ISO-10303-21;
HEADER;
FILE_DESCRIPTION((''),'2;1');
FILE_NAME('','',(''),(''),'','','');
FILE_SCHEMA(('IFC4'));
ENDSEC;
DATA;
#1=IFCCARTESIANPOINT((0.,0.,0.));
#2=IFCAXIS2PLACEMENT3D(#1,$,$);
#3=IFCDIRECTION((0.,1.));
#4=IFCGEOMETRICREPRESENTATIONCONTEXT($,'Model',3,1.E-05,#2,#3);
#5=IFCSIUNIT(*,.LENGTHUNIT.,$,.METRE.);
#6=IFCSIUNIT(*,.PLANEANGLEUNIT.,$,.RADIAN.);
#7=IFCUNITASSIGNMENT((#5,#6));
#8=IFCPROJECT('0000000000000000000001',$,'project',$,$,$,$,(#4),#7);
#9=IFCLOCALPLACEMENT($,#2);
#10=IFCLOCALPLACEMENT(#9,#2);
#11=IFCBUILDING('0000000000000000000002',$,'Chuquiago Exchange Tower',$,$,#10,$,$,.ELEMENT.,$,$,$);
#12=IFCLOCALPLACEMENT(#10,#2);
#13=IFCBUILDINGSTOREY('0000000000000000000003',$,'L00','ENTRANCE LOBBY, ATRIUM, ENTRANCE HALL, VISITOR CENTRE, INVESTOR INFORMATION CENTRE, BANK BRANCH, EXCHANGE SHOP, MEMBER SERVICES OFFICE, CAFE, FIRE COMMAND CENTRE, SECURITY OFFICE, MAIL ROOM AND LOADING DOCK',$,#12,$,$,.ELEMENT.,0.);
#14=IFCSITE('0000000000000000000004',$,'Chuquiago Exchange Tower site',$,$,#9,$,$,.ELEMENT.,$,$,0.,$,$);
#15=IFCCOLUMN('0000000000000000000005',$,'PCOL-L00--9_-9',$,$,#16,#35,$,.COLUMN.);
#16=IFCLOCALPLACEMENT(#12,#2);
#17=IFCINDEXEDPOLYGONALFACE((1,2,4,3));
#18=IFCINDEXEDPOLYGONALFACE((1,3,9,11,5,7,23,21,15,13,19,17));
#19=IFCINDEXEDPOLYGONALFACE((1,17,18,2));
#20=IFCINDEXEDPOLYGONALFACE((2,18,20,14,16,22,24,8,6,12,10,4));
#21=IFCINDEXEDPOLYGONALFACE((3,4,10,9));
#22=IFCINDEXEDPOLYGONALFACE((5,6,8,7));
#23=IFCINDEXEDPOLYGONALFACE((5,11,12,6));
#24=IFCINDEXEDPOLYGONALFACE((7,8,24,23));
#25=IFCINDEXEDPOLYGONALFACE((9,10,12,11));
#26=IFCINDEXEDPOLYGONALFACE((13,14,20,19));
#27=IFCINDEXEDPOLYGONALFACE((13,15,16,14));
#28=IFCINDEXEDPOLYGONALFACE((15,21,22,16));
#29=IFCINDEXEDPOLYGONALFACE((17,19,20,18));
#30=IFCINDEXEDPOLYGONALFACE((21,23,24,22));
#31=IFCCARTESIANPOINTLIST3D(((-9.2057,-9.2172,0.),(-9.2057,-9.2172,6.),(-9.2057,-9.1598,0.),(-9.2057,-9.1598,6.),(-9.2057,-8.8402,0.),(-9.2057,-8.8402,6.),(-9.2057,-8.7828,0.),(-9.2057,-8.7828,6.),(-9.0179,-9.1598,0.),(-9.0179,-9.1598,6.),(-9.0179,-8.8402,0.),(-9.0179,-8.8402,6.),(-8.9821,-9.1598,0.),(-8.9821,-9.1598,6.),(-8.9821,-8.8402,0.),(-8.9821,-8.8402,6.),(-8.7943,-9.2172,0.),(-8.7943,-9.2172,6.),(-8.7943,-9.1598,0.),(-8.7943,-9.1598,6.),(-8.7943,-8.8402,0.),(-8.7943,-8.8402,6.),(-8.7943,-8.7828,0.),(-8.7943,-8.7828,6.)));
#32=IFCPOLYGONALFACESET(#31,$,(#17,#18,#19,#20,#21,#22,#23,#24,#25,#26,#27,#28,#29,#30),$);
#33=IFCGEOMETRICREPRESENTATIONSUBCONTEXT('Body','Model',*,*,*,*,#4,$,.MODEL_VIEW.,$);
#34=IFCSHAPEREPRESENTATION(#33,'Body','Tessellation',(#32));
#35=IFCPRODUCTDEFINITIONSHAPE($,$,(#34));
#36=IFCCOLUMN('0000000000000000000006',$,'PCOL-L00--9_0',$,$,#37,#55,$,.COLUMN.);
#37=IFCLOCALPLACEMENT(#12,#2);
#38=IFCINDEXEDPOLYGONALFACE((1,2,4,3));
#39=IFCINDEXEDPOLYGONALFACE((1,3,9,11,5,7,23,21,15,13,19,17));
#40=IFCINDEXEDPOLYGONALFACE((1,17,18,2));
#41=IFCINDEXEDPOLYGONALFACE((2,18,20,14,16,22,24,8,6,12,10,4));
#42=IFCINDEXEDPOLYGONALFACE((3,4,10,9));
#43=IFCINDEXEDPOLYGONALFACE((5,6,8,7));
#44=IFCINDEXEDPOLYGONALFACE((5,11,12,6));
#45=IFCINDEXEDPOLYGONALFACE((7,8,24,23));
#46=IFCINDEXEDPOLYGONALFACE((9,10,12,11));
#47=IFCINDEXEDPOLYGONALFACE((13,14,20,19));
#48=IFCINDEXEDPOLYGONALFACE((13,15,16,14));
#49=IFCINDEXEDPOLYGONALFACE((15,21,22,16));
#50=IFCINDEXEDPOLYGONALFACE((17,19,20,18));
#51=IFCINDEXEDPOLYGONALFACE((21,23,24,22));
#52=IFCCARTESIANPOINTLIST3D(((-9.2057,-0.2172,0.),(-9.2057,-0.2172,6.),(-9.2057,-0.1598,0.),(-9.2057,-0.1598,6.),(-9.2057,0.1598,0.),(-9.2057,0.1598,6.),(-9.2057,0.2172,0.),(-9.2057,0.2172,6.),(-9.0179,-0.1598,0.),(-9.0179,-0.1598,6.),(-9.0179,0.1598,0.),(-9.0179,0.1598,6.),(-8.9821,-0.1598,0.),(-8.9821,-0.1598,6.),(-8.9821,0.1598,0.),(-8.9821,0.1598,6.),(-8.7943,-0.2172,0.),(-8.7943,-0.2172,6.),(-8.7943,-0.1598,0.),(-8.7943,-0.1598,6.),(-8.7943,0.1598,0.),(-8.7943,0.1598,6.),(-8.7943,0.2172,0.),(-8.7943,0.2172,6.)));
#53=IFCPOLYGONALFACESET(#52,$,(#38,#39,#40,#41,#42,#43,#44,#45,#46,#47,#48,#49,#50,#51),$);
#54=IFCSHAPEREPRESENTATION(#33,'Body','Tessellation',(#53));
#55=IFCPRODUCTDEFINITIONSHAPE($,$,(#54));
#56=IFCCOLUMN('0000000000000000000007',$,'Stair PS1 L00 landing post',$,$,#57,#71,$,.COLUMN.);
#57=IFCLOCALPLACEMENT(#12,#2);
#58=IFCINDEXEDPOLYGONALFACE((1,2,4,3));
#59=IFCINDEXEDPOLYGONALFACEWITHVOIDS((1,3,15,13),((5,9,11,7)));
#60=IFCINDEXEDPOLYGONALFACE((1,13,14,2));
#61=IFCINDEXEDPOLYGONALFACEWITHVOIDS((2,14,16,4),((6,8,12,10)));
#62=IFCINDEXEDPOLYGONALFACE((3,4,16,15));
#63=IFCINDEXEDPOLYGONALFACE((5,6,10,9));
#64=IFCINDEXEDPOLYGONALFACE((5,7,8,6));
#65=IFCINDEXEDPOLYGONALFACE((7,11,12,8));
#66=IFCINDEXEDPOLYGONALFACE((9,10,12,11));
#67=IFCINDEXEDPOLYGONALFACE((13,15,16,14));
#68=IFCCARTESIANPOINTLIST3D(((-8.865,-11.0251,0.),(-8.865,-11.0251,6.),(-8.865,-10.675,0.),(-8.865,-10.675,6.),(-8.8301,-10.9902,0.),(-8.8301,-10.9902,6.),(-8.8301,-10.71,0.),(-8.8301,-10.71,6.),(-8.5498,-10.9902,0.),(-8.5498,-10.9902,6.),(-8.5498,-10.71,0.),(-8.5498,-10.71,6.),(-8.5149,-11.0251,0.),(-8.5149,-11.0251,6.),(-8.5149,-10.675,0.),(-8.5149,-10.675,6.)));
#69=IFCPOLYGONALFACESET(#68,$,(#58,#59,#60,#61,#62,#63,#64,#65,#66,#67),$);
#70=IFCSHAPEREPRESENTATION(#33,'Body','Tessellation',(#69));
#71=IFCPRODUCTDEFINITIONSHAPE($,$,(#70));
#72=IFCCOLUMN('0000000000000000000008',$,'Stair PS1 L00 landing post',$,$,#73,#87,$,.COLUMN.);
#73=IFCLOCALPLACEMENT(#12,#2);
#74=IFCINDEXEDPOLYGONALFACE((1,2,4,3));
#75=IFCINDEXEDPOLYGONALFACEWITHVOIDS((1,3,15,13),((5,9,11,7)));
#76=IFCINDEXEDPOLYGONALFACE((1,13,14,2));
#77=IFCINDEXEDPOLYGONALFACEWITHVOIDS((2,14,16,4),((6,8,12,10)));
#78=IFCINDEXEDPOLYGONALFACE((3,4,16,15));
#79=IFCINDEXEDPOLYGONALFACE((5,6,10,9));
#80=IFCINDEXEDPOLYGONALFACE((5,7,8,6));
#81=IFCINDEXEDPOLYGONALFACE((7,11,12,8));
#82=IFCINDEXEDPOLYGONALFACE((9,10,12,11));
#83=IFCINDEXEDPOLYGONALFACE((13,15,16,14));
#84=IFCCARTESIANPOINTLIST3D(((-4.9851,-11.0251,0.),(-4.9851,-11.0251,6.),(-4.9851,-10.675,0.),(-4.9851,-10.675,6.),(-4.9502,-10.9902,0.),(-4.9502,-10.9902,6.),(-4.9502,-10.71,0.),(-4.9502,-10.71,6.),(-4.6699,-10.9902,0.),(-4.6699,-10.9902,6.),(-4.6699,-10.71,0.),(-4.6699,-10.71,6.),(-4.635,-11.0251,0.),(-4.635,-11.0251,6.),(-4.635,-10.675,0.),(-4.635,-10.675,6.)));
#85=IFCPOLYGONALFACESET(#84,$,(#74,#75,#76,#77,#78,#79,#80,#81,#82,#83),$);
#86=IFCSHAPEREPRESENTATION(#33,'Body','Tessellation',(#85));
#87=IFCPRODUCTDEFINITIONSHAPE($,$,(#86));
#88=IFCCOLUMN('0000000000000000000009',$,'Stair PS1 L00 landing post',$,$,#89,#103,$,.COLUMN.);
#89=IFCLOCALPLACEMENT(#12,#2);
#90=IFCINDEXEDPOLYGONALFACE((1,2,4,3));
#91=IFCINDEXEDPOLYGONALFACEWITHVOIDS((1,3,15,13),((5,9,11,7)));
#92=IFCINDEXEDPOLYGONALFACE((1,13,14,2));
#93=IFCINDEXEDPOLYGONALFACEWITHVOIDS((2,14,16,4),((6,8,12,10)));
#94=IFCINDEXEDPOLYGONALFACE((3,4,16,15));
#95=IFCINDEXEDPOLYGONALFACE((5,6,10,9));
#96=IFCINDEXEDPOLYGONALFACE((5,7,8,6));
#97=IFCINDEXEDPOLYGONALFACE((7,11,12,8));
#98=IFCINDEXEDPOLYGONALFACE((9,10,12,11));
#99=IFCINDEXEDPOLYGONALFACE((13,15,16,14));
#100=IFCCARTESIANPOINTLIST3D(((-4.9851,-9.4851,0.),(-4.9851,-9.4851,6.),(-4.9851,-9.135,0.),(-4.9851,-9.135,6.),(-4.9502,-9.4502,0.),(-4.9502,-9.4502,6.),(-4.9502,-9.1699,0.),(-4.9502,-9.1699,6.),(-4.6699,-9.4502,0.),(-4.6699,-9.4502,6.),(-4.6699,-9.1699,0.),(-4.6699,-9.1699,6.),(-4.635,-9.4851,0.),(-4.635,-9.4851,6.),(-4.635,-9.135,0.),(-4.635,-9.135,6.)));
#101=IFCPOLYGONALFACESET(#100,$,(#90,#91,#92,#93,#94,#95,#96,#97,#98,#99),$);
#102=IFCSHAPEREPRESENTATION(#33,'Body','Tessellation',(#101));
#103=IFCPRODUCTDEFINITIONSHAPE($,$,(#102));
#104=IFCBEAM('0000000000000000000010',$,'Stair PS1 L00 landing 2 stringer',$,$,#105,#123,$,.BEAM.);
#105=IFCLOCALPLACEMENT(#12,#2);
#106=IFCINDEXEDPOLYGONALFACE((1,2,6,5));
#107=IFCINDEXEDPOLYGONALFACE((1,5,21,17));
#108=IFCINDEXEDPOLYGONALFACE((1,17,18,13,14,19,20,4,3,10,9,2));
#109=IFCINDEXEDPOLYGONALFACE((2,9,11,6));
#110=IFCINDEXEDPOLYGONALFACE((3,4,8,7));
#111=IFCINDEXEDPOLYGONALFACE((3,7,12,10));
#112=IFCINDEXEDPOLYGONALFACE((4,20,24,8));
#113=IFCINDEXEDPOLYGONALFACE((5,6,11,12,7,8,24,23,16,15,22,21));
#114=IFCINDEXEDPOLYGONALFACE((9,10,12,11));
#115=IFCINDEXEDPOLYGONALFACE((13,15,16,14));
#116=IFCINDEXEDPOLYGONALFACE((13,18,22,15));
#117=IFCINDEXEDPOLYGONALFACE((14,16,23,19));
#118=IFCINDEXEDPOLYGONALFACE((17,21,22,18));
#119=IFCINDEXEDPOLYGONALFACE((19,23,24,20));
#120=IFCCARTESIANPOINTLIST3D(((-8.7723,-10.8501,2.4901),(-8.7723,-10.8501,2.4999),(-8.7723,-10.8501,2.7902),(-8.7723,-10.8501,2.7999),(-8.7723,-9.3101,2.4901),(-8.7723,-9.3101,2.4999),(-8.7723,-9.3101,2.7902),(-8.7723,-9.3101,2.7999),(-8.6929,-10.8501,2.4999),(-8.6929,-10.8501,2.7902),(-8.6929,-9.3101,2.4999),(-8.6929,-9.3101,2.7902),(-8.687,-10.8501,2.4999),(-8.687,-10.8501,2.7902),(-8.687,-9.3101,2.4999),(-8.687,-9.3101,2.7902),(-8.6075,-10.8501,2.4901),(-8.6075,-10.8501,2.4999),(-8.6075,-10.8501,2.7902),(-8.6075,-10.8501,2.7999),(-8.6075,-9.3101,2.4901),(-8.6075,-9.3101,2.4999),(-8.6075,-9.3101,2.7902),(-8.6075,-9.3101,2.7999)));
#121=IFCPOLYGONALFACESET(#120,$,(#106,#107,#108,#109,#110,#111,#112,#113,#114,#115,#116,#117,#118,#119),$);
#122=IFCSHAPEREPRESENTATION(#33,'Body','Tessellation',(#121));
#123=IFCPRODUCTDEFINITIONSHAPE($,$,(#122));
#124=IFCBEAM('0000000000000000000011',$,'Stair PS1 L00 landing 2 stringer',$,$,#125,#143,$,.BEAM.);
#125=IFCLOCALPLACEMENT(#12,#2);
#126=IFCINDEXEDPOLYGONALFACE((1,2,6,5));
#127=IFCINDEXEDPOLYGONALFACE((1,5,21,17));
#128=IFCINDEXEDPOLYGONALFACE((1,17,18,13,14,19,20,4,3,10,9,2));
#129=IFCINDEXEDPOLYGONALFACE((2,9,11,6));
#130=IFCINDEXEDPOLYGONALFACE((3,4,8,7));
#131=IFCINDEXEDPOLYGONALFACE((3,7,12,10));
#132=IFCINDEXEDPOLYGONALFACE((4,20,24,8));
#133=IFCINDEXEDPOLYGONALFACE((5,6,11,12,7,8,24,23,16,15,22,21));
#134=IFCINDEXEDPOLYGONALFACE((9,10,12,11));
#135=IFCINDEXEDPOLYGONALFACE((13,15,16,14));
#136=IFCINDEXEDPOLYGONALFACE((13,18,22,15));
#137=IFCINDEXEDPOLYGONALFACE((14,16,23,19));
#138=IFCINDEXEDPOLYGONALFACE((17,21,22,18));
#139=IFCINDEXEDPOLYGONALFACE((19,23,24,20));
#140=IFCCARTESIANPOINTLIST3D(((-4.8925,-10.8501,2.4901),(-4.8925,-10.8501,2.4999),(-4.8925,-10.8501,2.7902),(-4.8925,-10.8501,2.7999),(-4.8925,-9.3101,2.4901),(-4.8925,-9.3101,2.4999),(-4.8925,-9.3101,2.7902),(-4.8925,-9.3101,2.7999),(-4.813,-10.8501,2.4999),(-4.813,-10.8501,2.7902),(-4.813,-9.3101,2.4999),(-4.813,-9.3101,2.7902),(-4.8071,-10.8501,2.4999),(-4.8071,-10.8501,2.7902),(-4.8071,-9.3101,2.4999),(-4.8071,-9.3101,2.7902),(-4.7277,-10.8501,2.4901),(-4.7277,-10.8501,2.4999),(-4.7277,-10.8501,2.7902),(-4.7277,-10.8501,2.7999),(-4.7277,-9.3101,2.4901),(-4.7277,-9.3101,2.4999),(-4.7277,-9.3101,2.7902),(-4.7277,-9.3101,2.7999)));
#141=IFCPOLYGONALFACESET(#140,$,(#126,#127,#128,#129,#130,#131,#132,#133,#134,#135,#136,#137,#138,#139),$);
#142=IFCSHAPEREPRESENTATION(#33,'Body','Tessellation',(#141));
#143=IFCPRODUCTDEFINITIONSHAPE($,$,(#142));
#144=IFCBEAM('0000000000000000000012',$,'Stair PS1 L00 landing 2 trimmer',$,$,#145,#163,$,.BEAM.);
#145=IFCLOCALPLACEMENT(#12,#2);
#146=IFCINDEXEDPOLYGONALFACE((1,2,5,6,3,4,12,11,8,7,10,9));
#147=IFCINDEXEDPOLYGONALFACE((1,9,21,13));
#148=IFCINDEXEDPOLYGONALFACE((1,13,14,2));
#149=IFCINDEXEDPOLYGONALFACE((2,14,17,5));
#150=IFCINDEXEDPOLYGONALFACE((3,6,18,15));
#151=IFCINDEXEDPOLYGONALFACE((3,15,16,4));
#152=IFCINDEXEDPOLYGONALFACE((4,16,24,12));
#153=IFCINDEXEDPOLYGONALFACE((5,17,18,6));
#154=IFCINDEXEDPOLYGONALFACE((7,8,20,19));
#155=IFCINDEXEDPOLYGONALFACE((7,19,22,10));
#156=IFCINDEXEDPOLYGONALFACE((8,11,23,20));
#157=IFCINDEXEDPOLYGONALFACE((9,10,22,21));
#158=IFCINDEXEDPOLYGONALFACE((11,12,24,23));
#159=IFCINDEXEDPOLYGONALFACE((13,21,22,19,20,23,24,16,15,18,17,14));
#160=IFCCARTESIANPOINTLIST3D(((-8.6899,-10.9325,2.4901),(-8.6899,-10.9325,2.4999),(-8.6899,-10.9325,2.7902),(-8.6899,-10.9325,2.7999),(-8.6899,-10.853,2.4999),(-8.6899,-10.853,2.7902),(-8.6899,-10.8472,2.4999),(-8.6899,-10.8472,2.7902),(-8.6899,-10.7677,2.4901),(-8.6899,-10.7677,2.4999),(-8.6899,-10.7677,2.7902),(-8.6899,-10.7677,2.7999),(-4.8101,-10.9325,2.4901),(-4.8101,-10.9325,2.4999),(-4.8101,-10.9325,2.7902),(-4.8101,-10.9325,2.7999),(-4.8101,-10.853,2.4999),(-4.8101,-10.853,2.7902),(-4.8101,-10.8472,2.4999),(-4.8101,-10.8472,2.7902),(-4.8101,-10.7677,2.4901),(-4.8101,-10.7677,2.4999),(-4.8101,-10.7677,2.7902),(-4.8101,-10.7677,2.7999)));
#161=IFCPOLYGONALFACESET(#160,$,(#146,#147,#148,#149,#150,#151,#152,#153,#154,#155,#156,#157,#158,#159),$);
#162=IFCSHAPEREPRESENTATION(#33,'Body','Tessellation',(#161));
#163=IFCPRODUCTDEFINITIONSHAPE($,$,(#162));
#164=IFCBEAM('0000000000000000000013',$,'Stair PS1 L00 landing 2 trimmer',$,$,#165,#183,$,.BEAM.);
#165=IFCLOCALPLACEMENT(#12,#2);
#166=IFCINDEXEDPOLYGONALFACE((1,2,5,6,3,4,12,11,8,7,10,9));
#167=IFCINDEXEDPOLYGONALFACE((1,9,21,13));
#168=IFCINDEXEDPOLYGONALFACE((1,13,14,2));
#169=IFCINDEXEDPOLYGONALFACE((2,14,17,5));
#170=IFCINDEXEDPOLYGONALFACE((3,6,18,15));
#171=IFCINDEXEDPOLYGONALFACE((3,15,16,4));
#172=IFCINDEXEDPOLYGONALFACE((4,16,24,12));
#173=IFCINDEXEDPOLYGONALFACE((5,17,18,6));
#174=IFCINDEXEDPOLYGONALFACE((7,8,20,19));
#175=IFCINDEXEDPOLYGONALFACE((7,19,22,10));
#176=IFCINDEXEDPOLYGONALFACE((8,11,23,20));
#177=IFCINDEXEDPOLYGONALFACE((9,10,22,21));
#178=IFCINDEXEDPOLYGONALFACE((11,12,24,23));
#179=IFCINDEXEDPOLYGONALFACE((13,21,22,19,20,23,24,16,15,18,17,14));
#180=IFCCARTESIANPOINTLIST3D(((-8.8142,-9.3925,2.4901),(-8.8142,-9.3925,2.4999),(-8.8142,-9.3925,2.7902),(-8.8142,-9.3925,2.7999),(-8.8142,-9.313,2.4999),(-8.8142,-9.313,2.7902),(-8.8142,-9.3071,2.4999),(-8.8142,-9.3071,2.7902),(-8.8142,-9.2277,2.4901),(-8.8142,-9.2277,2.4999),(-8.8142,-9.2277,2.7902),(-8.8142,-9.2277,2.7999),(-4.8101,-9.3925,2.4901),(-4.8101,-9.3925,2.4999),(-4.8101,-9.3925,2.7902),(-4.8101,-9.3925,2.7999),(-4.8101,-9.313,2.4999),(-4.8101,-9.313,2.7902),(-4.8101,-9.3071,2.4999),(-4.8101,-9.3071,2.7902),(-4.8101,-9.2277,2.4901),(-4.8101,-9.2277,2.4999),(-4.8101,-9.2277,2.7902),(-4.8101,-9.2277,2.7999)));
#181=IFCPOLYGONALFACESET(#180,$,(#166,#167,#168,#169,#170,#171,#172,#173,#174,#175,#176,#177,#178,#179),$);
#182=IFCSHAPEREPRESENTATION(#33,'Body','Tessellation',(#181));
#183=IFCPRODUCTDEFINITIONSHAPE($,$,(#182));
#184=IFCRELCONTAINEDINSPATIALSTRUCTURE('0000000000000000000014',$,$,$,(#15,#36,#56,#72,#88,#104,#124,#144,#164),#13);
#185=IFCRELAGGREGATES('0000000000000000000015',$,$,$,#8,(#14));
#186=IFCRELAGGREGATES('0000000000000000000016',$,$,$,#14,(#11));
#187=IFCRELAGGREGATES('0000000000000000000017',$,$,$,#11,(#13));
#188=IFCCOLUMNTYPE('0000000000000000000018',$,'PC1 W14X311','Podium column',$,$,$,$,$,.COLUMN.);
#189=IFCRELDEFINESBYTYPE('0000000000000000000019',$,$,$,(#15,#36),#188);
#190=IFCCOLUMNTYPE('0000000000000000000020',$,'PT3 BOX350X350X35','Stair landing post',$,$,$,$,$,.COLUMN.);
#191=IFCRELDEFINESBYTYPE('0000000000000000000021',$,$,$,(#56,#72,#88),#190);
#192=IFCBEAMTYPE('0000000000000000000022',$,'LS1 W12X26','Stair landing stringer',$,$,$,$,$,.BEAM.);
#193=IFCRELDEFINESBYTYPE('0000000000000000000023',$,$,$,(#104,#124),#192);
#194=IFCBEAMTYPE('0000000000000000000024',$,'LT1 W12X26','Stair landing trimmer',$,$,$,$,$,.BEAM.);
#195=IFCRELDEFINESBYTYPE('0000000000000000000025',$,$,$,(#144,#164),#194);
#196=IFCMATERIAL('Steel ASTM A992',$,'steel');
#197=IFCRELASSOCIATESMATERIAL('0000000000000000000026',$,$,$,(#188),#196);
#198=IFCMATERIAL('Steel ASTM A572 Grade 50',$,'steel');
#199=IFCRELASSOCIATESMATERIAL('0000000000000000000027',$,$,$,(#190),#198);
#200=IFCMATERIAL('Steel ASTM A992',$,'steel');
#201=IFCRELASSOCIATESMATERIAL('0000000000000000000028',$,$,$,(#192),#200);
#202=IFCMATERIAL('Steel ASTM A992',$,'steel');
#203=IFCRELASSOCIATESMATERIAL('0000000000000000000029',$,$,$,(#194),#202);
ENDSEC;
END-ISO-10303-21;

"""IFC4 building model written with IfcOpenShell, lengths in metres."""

from ifc_helpers import new_model, si_unit, direction, frame, origin, origin_2d, place, context, subcontext, project, spatial, hollow_rectangle, i_section, extrude, material, material_profile, profile_set, type_object, element, save


model = new_model("IFC4")

# Units and contexts
model_context = context("Model", 3, precision=1e-05, world=origin(), true_north=direction((0.0, 1.0)))
body_context = subcontext(model_context, "Body", "Model", "MODEL_VIEW")
ifc_project = project(units=[si_unit("LENGTHUNIT", "METRE"), si_unit("PLANEANGLEUNIT", "RADIAN")], contexts=[model_context])

# Site, building, storey
site_placement = place(None, origin())
site = spatial("IfcSite", under=ifc_project, at=site_placement, Name="Chuquiago Exchange Tower site", CompositionType="ELEMENT", RefElevation=0.0)
building_placement = place(site_placement, origin())
building = spatial("IfcBuilding", under=site, at=building_placement, Name="Chuquiago Exchange Tower", CompositionType="ELEMENT")
storey_placement = place(building_placement, origin())
storey = spatial("IfcBuildingStorey", under=building, at=storey_placement, Name="L00", Description="ENTRANCE LOBBY, ATRIUM, ENTRANCE HALL, VISITOR CENTRE, INVESTOR INFORMATION CENTRE, BANK BRANCH, EXCHANGE SHOP, MEMBER SERVICES OFFICE, CAFE, FIRE COMMAND CENTRE, SECURITY OFFICE, MAIL ROOM AND LOADING DOCK", CompositionType="ELEMENT", Elevation=0.0)

# Columns
ifc_material_1 = material(Name="Steel ASTM A992", Category="steel")
ifc_material_profile_1 = material_profile(ifc_material_1, i_section(OverallWidth=0.4114, OverallDepth=0.4343, WebThickness=0.0359, FlangeThickness=0.0574, at=origin_2d()), Name="W14X311")
ifc_profile_set_1 = profile_set([ifc_material_profile_1], Name="Steel ASTM A992")
column_type_1 = type_object("IfcColumnType", Name="PC1 W14X311", Description="Podium column", PredefinedType="COLUMN", material=ifc_profile_set_1)
for number, where, z_axis, x_axis, name in (
    (1, (-9.0, -9.0, 0.0), (0.0, 0.0, 1.0), (1.0, 0.0, 0.0), "PCOL-L00--9_-9"),
    (2, (-9.0, 0.0, 0.0), (0.0, 0.0, 1.0), (1.0, 0.0, 0.0), "PCOL-L00--9_0"),
):
    element("IfcColumn", number, at=place(storey_placement, frame(where, z_axis=z_axis, x_axis=x_axis)), inside=storey, type_object=column_type_1, Name=name, PredefinedType="COLUMN", context=body_context, shape_type="SweptSolid", body=[
        extrude(i_section(OverallWidth=0.4114, OverallDepth=0.4343, WebThickness=0.0359, FlangeThickness=0.0574, at=origin_2d()), origin(), (0.0, 0.0, 1.0), 6.0),
    ])
ifc_material_2 = material(Name="Steel ASTM A572 Grade 50", Category="steel")
ifc_material_profile_2 = material_profile(ifc_material_2, hollow_rectangle(XDim=0.3501, YDim=0.3501, WallThickness=0.0349, at=origin_2d()), Name="BOX350X350X35")
ifc_profile_set_2 = profile_set([ifc_material_profile_2], Name="Steel ASTM A572 Grade 50")
column_type_2 = type_object("IfcColumnType", Name="PT3 BOX350X350X35", Description="Stair landing post", PredefinedType="COLUMN", material=ifc_profile_set_2)
for number, where, z_axis, x_axis, name in (
    (3, (-8.6899, -10.8501, 0.0), (0.0, 0.0, 1.0), (1.0, 0.0, 0.0), "Stair PS1 L00 landing post"),
    (4, (-4.8101, -10.8501, 0.0), (0.0, 0.0, 1.0), (1.0, 0.0, 0.0), "Stair PS1 L00 landing post"),
    (5, (-4.8101, -9.3101, 0.0), (0.0, 0.0, 1.0), (1.0, 0.0, 0.0), "Stair PS1 L00 landing post"),
):
    element("IfcColumn", number, at=place(storey_placement, frame(where, z_axis=z_axis, x_axis=x_axis)), inside=storey, type_object=column_type_2, Name=name, PredefinedType="COLUMN", context=body_context, shape_type="SweptSolid", body=[
        extrude(hollow_rectangle(XDim=0.3501, YDim=0.3501, WallThickness=0.0349, at=origin_2d()), origin(), (0.0, 0.0, 1.0), 6.0),
    ])

# Beams
ifc_material_3 = material(Name="Steel ASTM A992", Category="steel")
ifc_material_profile_3 = material_profile(ifc_material_3, i_section(OverallWidth=0.1648, OverallDepth=0.3098, WebThickness=0.0059, FlangeThickness=0.0098, at=origin_2d()), Name="W12X26")
ifc_profile_set_3 = profile_set([ifc_material_profile_3], Name="Steel ASTM A992")
beam_type_1 = type_object("IfcBeamType", Name="LS1 W12X26", Description="Stair landing stringer", PredefinedType="BEAM", material=ifc_profile_set_3)
for number, where, z_axis, x_axis, name in (
    (6, (-8.6899, -10.8501, 2.645), (0.0, 1.0, 0.0), (-1.0, 0.0, 0.0), "Stair PS1 L00 landing 2 stringer"),
    (7, (-4.8101, -10.8501, 2.645), (0.0, 1.0, 0.0), (-1.0, 0.0, 0.0), "Stair PS1 L00 landing 2 stringer"),
):
    element("IfcBeam", number, at=place(storey_placement, frame(where, z_axis=z_axis, x_axis=x_axis)), inside=storey, type_object=beam_type_1, Name=name, PredefinedType="BEAM", context=body_context, shape_type="SweptSolid", body=[
        extrude(i_section(OverallWidth=0.1648, OverallDepth=0.3098, WebThickness=0.0059, FlangeThickness=0.0098, at=origin_2d()), origin(), (0.0, 0.0, 1.0), 1.54),
    ])
ifc_material_4 = material(Name="Steel ASTM A992", Category="steel")
ifc_material_profile_4 = material_profile(ifc_material_4, i_section(OverallWidth=0.1648, OverallDepth=0.3098, WebThickness=0.0059, FlangeThickness=0.0098, at=origin_2d()), Name="W12X26")
ifc_profile_set_4 = profile_set([ifc_material_profile_4], Name="Steel ASTM A992")
beam_type_2 = type_object("IfcBeamType", Name="LT1 W12X26", Description="Stair landing trimmer", PredefinedType="BEAM", material=ifc_profile_set_4)
beam_1_placement = place(storey_placement, frame((-8.6899, -10.8501, 2.645), z_axis=(1.0, 0.0, 0.0), x_axis=(0.0, 1.0, 0.0)))
element("IfcBeam", 8, at=beam_1_placement, inside=storey, type_object=beam_type_2, Name="Stair PS1 L00 landing 2 trimmer", PredefinedType="BEAM", context=body_context, shape_type="SweptSolid", body=[
    extrude(i_section(OverallWidth=0.1648, OverallDepth=0.3098, WebThickness=0.0059, FlangeThickness=0.0098, at=origin_2d()), origin(), (0.0, 0.0, 1.0), 3.8799),
])
beam_2_placement = place(storey_placement, frame((-8.8142, -9.3101, 2.645), z_axis=(1.0, 0.0, 0.0), x_axis=(0.0, 1.0, 0.0)))
element("IfcBeam", 9, at=beam_2_placement, inside=storey, type_object=beam_type_2, Name="Stair PS1 L00 landing 2 trimmer", PredefinedType="BEAM", context=body_context, shape_type="SweptSolid", body=[
    extrude(i_section(OverallWidth=0.1648, OverallDepth=0.3098, WebThickness=0.0059, FlangeThickness=0.0098, at=origin_2d()), origin(), (0.0, 0.0, 1.0), 4.0042),
])

save(model, "model.ifc")
